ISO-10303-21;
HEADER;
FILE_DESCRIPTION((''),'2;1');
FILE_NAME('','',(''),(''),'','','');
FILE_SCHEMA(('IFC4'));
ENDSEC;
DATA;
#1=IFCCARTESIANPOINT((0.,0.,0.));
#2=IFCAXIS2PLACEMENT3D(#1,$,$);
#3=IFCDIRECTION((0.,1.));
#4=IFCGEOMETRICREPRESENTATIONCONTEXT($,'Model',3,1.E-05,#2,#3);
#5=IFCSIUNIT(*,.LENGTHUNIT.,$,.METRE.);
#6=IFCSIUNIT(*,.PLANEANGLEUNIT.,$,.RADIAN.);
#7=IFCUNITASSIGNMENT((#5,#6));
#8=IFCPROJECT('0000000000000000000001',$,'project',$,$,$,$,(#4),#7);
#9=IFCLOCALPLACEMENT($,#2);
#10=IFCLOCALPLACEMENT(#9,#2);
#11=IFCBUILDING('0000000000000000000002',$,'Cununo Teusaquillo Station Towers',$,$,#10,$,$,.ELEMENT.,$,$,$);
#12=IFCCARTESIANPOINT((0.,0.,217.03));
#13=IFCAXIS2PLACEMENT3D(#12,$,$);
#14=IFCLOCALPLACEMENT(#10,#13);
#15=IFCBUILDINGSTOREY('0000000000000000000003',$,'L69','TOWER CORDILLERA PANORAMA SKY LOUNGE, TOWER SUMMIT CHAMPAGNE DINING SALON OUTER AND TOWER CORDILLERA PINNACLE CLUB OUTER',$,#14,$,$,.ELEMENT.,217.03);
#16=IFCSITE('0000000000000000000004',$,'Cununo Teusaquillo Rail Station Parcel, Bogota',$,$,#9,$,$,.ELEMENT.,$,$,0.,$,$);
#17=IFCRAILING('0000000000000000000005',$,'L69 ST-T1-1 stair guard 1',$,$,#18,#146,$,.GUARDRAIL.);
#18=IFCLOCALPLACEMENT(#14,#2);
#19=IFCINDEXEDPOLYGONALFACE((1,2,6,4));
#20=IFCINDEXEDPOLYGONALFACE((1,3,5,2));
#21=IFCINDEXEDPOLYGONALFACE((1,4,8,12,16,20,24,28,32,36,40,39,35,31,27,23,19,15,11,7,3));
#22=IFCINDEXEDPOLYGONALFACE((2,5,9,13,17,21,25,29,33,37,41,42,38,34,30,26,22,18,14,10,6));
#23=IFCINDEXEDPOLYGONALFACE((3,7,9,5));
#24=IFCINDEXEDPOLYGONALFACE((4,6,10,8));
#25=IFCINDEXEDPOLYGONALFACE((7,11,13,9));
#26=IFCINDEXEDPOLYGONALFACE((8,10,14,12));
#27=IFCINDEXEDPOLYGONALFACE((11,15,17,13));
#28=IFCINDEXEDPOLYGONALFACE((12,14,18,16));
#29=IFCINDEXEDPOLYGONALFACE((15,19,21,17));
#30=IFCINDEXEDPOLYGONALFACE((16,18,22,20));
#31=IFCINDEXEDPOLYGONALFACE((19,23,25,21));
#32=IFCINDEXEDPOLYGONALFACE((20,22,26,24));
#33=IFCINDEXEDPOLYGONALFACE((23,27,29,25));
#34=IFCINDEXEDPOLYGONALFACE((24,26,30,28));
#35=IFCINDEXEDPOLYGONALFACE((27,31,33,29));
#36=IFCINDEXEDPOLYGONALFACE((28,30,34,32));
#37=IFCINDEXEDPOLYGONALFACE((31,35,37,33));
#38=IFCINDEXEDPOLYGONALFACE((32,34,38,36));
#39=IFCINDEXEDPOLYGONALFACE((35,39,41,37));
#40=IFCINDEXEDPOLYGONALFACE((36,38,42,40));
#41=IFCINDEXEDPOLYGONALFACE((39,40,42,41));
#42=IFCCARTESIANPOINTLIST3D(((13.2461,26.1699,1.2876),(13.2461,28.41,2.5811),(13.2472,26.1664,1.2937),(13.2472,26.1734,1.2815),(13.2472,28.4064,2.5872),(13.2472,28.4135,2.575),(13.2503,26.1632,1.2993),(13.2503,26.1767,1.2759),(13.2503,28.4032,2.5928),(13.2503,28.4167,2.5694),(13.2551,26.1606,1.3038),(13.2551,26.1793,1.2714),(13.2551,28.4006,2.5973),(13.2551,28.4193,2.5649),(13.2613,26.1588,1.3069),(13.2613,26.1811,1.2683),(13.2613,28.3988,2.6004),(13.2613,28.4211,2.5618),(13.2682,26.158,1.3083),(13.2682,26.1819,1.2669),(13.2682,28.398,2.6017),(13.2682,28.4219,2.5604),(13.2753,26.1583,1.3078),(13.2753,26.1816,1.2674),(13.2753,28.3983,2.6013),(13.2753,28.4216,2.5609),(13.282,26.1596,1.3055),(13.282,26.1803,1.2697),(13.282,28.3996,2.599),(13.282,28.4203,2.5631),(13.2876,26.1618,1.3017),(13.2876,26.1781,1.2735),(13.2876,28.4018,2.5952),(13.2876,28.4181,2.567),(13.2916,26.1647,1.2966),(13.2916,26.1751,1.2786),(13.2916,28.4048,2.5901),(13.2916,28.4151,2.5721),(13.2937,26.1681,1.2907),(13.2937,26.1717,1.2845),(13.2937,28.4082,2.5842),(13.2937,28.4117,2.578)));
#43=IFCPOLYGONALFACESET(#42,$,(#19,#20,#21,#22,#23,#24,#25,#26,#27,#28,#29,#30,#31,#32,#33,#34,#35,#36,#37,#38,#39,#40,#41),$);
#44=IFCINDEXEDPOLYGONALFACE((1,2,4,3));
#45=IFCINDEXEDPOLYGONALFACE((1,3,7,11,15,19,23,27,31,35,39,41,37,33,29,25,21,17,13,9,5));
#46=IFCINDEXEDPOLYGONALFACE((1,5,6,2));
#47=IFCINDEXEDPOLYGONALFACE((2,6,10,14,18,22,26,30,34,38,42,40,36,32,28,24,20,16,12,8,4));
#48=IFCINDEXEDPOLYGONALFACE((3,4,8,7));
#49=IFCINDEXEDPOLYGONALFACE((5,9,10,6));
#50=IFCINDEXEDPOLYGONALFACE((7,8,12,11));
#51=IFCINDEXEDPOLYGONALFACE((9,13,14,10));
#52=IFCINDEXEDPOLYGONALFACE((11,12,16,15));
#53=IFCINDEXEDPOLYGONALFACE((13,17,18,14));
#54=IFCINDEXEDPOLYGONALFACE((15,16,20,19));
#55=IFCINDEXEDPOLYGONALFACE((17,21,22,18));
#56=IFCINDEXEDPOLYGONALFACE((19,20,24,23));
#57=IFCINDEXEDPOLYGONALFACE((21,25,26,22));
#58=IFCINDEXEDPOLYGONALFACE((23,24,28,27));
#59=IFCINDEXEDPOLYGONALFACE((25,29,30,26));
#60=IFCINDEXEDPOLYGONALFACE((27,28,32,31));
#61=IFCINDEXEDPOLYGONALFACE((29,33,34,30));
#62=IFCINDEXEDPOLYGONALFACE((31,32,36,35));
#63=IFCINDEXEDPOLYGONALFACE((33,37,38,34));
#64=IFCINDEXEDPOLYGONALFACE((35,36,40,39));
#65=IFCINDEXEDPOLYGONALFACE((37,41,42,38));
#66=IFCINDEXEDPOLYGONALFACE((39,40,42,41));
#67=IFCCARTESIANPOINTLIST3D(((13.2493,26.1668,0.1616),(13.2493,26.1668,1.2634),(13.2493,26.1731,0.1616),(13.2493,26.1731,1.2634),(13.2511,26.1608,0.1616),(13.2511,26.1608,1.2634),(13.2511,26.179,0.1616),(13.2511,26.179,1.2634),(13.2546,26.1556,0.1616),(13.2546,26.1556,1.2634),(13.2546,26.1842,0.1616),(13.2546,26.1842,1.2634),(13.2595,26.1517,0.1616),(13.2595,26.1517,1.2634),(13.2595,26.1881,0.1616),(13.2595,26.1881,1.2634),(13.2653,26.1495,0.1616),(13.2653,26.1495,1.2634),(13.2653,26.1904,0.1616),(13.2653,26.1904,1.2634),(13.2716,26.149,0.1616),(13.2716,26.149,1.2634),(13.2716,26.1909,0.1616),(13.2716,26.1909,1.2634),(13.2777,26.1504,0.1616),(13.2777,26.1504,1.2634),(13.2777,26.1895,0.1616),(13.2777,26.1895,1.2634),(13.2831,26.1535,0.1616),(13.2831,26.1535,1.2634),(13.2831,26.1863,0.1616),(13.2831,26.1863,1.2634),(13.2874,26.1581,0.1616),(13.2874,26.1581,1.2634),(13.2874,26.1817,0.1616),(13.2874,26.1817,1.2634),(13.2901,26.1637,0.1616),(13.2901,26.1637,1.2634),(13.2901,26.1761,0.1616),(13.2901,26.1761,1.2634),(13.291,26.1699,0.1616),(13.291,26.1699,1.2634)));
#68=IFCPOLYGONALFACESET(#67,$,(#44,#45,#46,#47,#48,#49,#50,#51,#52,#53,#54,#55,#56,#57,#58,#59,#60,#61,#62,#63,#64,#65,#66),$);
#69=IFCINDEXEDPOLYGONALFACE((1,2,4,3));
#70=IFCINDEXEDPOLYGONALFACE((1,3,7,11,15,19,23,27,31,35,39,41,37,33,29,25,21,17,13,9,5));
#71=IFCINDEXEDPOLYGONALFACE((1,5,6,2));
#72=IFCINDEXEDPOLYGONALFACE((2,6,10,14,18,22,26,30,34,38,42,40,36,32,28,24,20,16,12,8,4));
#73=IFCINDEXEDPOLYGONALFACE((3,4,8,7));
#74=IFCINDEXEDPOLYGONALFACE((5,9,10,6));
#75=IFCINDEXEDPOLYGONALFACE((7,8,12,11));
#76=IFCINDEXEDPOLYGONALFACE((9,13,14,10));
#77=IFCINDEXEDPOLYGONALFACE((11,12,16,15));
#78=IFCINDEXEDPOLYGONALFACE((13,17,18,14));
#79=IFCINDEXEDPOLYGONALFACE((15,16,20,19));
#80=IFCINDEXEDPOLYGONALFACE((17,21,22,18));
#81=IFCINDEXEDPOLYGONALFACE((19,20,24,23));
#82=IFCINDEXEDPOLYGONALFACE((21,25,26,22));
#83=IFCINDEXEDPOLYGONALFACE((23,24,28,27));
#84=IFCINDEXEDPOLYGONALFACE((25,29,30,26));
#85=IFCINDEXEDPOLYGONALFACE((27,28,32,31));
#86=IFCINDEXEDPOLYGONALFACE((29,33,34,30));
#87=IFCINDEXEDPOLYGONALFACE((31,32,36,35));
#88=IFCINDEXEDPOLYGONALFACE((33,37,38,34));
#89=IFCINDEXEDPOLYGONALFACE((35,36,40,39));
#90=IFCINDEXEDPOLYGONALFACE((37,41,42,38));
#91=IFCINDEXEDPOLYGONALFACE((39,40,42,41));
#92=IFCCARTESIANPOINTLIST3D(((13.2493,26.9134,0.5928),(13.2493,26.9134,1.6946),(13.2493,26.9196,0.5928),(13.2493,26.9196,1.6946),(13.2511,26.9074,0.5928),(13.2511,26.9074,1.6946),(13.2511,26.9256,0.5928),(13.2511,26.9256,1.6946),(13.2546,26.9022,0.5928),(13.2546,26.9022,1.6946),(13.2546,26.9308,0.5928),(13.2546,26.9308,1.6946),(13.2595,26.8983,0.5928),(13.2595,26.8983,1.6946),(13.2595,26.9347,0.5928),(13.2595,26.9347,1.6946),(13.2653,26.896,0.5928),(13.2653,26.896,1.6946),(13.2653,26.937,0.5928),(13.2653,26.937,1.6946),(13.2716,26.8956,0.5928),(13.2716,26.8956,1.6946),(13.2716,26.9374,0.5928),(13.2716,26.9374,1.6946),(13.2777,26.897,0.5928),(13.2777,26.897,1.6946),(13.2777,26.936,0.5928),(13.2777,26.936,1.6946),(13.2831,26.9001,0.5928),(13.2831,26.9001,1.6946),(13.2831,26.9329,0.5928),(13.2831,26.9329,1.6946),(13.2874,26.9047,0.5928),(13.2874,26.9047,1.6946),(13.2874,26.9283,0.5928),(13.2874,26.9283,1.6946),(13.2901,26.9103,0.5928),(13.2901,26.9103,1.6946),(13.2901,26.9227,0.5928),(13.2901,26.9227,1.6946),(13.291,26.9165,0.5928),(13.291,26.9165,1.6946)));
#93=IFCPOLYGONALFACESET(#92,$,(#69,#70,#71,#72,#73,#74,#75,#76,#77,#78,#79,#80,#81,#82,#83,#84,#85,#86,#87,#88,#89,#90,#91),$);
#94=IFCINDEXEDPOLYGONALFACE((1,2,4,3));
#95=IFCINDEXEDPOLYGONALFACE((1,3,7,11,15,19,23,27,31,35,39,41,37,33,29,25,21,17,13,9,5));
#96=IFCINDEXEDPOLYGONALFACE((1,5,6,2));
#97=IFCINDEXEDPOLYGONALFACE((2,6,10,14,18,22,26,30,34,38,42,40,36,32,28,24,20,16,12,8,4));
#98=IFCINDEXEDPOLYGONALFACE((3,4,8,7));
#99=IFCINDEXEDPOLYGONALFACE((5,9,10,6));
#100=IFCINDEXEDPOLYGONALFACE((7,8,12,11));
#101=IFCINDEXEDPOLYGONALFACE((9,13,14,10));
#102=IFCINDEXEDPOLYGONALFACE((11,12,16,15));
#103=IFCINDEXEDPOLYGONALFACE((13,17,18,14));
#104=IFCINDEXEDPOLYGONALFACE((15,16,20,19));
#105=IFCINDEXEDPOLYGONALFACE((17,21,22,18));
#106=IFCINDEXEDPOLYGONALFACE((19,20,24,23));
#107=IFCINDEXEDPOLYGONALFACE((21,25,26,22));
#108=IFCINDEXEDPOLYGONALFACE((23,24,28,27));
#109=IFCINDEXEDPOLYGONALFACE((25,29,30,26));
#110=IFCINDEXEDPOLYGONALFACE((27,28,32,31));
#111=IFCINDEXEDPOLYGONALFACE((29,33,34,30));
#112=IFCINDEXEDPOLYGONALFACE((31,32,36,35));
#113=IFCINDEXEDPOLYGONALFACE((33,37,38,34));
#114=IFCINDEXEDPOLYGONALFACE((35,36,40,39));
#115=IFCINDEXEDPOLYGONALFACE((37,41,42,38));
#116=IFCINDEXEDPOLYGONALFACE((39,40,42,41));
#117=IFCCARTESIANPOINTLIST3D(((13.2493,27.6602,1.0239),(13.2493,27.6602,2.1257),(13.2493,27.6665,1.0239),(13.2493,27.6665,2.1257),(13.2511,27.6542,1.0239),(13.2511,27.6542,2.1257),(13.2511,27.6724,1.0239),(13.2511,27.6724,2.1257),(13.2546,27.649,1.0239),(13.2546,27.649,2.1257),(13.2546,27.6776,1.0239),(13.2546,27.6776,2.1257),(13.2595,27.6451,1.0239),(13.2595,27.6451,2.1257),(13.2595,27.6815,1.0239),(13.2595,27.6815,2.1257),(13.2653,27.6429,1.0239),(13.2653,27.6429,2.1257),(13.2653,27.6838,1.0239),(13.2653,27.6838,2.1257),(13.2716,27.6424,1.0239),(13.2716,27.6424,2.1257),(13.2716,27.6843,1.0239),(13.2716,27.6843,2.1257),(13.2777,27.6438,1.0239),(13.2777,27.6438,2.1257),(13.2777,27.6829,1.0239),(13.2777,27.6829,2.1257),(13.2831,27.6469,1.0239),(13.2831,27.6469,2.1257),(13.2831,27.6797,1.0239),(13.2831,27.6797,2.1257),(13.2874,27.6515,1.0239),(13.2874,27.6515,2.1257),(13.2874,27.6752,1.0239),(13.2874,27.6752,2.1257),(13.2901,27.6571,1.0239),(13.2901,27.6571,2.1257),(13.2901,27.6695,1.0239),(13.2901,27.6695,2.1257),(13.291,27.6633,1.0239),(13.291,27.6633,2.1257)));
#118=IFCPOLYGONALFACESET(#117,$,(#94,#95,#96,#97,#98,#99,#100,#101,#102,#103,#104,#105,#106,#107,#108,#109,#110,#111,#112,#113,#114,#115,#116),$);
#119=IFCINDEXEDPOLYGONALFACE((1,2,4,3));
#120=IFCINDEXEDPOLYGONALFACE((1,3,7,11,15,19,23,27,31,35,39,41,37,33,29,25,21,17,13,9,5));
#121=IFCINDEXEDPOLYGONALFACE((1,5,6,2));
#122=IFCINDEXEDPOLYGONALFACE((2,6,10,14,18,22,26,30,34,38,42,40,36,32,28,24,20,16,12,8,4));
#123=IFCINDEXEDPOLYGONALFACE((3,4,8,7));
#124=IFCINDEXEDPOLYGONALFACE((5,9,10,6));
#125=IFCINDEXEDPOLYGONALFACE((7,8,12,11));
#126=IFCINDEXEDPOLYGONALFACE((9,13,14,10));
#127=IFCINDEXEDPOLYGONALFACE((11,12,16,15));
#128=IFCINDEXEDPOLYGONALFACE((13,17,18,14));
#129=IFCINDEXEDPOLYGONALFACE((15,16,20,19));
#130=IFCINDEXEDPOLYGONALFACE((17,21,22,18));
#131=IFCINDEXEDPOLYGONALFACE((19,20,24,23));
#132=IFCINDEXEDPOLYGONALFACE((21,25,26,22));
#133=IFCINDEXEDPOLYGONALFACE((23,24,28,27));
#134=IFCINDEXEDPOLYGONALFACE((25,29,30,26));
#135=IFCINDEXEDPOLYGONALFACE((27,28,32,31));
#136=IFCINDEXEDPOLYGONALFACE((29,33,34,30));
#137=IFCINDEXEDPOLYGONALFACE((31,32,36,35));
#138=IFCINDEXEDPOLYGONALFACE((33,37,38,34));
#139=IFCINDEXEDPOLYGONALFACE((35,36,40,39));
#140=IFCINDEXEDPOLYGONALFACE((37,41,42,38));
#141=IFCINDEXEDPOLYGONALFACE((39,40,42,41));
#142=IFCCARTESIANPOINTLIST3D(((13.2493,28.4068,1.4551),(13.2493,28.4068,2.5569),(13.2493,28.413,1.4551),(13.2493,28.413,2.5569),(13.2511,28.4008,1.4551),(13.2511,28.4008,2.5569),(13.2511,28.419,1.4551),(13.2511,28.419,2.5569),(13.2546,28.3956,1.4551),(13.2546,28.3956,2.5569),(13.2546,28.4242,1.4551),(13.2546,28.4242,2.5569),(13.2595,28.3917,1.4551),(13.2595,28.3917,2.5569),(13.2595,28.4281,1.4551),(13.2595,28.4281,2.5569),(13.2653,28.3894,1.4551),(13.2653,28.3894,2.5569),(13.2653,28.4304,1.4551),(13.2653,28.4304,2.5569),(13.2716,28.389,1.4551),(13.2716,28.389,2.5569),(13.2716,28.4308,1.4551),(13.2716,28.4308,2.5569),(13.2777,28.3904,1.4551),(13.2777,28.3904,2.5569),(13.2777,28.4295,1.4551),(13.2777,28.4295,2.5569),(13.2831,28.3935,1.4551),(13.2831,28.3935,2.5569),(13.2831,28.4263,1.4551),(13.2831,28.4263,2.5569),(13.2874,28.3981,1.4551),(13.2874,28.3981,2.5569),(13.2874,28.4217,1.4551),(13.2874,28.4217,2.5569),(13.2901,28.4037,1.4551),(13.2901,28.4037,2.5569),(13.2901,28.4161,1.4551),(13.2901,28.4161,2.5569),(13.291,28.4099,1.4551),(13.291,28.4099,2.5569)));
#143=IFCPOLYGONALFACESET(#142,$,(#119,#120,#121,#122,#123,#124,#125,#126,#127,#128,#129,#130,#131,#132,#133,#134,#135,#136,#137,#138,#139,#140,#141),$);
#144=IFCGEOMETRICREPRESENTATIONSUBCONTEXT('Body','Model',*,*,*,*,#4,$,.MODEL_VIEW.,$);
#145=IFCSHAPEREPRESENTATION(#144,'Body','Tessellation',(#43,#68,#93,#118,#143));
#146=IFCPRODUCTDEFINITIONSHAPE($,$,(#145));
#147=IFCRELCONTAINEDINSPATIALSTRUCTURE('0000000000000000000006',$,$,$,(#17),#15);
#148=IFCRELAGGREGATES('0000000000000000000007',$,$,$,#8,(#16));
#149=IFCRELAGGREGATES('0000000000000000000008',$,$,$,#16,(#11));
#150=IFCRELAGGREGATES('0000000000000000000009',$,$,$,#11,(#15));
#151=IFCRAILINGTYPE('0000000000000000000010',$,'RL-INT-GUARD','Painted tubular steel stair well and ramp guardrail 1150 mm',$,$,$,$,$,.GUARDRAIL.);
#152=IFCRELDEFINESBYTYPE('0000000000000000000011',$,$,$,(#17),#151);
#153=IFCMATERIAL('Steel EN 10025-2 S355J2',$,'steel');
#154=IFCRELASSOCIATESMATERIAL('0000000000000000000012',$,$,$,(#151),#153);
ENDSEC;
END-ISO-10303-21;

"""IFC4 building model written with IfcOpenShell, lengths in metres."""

from ifc_helpers import new_model, si_unit, direction, frame, origin, origin_2d, place, context, subcontext, project, spatial, circle, extrude, material, type_object, element, save


model = new_model("IFC4")

# Units and contexts
model_context = context("Model", 3, precision=1e-05, world=origin(), true_north=direction((0.0, 1.0)))
body_context = subcontext(model_context, "Body", "Model", "MODEL_VIEW")
ifc_project = project(units=[si_unit("LENGTHUNIT", "METRE"), si_unit("PLANEANGLEUNIT", "RADIAN")], contexts=[model_context])

# Site, building, storey
site_placement = place(None, origin())
site = spatial("IfcSite", under=ifc_project, at=site_placement, Name="Cununo Teusaquillo Rail Station Parcel, Bogota", CompositionType="ELEMENT", RefElevation=0.0)
building_placement = place(site_placement, origin())
building = spatial("IfcBuilding", under=site, at=building_placement, Name="Cununo Teusaquillo Station Towers", CompositionType="ELEMENT")
storey_placement = place(building_placement, frame((0.0, 0.0, 217.03)))
storey = spatial("IfcBuildingStorey", under=building, at=storey_placement, Name="L69", Description="TOWER CORDILLERA PANORAMA SKY LOUNGE, TOWER SUMMIT CHAMPAGNE DINING SALON OUTER AND TOWER CORDILLERA PINNACLE CLUB OUTER", CompositionType="ELEMENT", Elevation=217.03)

# Railing
ifc_material_1 = material(Name="Steel EN 10025-2 S355J2", Category="steel")
railing_type_1 = type_object("IfcRailingType", Name="RL-INT-GUARD", Description="Painted tubular steel stair well and ramp guardrail 1150 mm", PredefinedType="GUARDRAIL", material=ifc_material_1)
railing_1_placement = place(storey_placement, frame((13.27, 26.1699, 0.1616)))
element("IfcRailing", 1, at=railing_1_placement, inside=storey, type_object=railing_type_1, Name="L69 ST-T1-1 stair guard 1", PredefinedType="GUARDRAIL", context=body_context, shape_type="SweptSolid", body=[
    extrude(circle(Radius=0.0239, at=origin_2d()), frame((0.0, 0.0, 1.126), z_axis=(0.0, 0.865992, 0.500057), x_axis=(-1.0, 0.0, 0.0)), (0.0, 0.0, 1.0), 2.5867),
    extrude(circle(Radius=0.021, at=origin_2d()), origin(), (0.0, 0.0, 1.0), 1.1018),
    extrude(circle(Radius=0.021, at=origin_2d()), frame((0.0, 0.7466, 0.4312)), (0.0, 0.0, 1.0), 1.1018),
    extrude(circle(Radius=0.021, at=origin_2d()), frame((0.0, 1.4934, 0.8623)), (0.0, 0.0, 1.0), 1.1018),
    extrude(circle(Radius=0.021, at=origin_2d()), frame((0.0, 2.24, 1.2935)), (0.0, 0.0, 1.0), 1.1018),
])

save(model, "model.ifc")
